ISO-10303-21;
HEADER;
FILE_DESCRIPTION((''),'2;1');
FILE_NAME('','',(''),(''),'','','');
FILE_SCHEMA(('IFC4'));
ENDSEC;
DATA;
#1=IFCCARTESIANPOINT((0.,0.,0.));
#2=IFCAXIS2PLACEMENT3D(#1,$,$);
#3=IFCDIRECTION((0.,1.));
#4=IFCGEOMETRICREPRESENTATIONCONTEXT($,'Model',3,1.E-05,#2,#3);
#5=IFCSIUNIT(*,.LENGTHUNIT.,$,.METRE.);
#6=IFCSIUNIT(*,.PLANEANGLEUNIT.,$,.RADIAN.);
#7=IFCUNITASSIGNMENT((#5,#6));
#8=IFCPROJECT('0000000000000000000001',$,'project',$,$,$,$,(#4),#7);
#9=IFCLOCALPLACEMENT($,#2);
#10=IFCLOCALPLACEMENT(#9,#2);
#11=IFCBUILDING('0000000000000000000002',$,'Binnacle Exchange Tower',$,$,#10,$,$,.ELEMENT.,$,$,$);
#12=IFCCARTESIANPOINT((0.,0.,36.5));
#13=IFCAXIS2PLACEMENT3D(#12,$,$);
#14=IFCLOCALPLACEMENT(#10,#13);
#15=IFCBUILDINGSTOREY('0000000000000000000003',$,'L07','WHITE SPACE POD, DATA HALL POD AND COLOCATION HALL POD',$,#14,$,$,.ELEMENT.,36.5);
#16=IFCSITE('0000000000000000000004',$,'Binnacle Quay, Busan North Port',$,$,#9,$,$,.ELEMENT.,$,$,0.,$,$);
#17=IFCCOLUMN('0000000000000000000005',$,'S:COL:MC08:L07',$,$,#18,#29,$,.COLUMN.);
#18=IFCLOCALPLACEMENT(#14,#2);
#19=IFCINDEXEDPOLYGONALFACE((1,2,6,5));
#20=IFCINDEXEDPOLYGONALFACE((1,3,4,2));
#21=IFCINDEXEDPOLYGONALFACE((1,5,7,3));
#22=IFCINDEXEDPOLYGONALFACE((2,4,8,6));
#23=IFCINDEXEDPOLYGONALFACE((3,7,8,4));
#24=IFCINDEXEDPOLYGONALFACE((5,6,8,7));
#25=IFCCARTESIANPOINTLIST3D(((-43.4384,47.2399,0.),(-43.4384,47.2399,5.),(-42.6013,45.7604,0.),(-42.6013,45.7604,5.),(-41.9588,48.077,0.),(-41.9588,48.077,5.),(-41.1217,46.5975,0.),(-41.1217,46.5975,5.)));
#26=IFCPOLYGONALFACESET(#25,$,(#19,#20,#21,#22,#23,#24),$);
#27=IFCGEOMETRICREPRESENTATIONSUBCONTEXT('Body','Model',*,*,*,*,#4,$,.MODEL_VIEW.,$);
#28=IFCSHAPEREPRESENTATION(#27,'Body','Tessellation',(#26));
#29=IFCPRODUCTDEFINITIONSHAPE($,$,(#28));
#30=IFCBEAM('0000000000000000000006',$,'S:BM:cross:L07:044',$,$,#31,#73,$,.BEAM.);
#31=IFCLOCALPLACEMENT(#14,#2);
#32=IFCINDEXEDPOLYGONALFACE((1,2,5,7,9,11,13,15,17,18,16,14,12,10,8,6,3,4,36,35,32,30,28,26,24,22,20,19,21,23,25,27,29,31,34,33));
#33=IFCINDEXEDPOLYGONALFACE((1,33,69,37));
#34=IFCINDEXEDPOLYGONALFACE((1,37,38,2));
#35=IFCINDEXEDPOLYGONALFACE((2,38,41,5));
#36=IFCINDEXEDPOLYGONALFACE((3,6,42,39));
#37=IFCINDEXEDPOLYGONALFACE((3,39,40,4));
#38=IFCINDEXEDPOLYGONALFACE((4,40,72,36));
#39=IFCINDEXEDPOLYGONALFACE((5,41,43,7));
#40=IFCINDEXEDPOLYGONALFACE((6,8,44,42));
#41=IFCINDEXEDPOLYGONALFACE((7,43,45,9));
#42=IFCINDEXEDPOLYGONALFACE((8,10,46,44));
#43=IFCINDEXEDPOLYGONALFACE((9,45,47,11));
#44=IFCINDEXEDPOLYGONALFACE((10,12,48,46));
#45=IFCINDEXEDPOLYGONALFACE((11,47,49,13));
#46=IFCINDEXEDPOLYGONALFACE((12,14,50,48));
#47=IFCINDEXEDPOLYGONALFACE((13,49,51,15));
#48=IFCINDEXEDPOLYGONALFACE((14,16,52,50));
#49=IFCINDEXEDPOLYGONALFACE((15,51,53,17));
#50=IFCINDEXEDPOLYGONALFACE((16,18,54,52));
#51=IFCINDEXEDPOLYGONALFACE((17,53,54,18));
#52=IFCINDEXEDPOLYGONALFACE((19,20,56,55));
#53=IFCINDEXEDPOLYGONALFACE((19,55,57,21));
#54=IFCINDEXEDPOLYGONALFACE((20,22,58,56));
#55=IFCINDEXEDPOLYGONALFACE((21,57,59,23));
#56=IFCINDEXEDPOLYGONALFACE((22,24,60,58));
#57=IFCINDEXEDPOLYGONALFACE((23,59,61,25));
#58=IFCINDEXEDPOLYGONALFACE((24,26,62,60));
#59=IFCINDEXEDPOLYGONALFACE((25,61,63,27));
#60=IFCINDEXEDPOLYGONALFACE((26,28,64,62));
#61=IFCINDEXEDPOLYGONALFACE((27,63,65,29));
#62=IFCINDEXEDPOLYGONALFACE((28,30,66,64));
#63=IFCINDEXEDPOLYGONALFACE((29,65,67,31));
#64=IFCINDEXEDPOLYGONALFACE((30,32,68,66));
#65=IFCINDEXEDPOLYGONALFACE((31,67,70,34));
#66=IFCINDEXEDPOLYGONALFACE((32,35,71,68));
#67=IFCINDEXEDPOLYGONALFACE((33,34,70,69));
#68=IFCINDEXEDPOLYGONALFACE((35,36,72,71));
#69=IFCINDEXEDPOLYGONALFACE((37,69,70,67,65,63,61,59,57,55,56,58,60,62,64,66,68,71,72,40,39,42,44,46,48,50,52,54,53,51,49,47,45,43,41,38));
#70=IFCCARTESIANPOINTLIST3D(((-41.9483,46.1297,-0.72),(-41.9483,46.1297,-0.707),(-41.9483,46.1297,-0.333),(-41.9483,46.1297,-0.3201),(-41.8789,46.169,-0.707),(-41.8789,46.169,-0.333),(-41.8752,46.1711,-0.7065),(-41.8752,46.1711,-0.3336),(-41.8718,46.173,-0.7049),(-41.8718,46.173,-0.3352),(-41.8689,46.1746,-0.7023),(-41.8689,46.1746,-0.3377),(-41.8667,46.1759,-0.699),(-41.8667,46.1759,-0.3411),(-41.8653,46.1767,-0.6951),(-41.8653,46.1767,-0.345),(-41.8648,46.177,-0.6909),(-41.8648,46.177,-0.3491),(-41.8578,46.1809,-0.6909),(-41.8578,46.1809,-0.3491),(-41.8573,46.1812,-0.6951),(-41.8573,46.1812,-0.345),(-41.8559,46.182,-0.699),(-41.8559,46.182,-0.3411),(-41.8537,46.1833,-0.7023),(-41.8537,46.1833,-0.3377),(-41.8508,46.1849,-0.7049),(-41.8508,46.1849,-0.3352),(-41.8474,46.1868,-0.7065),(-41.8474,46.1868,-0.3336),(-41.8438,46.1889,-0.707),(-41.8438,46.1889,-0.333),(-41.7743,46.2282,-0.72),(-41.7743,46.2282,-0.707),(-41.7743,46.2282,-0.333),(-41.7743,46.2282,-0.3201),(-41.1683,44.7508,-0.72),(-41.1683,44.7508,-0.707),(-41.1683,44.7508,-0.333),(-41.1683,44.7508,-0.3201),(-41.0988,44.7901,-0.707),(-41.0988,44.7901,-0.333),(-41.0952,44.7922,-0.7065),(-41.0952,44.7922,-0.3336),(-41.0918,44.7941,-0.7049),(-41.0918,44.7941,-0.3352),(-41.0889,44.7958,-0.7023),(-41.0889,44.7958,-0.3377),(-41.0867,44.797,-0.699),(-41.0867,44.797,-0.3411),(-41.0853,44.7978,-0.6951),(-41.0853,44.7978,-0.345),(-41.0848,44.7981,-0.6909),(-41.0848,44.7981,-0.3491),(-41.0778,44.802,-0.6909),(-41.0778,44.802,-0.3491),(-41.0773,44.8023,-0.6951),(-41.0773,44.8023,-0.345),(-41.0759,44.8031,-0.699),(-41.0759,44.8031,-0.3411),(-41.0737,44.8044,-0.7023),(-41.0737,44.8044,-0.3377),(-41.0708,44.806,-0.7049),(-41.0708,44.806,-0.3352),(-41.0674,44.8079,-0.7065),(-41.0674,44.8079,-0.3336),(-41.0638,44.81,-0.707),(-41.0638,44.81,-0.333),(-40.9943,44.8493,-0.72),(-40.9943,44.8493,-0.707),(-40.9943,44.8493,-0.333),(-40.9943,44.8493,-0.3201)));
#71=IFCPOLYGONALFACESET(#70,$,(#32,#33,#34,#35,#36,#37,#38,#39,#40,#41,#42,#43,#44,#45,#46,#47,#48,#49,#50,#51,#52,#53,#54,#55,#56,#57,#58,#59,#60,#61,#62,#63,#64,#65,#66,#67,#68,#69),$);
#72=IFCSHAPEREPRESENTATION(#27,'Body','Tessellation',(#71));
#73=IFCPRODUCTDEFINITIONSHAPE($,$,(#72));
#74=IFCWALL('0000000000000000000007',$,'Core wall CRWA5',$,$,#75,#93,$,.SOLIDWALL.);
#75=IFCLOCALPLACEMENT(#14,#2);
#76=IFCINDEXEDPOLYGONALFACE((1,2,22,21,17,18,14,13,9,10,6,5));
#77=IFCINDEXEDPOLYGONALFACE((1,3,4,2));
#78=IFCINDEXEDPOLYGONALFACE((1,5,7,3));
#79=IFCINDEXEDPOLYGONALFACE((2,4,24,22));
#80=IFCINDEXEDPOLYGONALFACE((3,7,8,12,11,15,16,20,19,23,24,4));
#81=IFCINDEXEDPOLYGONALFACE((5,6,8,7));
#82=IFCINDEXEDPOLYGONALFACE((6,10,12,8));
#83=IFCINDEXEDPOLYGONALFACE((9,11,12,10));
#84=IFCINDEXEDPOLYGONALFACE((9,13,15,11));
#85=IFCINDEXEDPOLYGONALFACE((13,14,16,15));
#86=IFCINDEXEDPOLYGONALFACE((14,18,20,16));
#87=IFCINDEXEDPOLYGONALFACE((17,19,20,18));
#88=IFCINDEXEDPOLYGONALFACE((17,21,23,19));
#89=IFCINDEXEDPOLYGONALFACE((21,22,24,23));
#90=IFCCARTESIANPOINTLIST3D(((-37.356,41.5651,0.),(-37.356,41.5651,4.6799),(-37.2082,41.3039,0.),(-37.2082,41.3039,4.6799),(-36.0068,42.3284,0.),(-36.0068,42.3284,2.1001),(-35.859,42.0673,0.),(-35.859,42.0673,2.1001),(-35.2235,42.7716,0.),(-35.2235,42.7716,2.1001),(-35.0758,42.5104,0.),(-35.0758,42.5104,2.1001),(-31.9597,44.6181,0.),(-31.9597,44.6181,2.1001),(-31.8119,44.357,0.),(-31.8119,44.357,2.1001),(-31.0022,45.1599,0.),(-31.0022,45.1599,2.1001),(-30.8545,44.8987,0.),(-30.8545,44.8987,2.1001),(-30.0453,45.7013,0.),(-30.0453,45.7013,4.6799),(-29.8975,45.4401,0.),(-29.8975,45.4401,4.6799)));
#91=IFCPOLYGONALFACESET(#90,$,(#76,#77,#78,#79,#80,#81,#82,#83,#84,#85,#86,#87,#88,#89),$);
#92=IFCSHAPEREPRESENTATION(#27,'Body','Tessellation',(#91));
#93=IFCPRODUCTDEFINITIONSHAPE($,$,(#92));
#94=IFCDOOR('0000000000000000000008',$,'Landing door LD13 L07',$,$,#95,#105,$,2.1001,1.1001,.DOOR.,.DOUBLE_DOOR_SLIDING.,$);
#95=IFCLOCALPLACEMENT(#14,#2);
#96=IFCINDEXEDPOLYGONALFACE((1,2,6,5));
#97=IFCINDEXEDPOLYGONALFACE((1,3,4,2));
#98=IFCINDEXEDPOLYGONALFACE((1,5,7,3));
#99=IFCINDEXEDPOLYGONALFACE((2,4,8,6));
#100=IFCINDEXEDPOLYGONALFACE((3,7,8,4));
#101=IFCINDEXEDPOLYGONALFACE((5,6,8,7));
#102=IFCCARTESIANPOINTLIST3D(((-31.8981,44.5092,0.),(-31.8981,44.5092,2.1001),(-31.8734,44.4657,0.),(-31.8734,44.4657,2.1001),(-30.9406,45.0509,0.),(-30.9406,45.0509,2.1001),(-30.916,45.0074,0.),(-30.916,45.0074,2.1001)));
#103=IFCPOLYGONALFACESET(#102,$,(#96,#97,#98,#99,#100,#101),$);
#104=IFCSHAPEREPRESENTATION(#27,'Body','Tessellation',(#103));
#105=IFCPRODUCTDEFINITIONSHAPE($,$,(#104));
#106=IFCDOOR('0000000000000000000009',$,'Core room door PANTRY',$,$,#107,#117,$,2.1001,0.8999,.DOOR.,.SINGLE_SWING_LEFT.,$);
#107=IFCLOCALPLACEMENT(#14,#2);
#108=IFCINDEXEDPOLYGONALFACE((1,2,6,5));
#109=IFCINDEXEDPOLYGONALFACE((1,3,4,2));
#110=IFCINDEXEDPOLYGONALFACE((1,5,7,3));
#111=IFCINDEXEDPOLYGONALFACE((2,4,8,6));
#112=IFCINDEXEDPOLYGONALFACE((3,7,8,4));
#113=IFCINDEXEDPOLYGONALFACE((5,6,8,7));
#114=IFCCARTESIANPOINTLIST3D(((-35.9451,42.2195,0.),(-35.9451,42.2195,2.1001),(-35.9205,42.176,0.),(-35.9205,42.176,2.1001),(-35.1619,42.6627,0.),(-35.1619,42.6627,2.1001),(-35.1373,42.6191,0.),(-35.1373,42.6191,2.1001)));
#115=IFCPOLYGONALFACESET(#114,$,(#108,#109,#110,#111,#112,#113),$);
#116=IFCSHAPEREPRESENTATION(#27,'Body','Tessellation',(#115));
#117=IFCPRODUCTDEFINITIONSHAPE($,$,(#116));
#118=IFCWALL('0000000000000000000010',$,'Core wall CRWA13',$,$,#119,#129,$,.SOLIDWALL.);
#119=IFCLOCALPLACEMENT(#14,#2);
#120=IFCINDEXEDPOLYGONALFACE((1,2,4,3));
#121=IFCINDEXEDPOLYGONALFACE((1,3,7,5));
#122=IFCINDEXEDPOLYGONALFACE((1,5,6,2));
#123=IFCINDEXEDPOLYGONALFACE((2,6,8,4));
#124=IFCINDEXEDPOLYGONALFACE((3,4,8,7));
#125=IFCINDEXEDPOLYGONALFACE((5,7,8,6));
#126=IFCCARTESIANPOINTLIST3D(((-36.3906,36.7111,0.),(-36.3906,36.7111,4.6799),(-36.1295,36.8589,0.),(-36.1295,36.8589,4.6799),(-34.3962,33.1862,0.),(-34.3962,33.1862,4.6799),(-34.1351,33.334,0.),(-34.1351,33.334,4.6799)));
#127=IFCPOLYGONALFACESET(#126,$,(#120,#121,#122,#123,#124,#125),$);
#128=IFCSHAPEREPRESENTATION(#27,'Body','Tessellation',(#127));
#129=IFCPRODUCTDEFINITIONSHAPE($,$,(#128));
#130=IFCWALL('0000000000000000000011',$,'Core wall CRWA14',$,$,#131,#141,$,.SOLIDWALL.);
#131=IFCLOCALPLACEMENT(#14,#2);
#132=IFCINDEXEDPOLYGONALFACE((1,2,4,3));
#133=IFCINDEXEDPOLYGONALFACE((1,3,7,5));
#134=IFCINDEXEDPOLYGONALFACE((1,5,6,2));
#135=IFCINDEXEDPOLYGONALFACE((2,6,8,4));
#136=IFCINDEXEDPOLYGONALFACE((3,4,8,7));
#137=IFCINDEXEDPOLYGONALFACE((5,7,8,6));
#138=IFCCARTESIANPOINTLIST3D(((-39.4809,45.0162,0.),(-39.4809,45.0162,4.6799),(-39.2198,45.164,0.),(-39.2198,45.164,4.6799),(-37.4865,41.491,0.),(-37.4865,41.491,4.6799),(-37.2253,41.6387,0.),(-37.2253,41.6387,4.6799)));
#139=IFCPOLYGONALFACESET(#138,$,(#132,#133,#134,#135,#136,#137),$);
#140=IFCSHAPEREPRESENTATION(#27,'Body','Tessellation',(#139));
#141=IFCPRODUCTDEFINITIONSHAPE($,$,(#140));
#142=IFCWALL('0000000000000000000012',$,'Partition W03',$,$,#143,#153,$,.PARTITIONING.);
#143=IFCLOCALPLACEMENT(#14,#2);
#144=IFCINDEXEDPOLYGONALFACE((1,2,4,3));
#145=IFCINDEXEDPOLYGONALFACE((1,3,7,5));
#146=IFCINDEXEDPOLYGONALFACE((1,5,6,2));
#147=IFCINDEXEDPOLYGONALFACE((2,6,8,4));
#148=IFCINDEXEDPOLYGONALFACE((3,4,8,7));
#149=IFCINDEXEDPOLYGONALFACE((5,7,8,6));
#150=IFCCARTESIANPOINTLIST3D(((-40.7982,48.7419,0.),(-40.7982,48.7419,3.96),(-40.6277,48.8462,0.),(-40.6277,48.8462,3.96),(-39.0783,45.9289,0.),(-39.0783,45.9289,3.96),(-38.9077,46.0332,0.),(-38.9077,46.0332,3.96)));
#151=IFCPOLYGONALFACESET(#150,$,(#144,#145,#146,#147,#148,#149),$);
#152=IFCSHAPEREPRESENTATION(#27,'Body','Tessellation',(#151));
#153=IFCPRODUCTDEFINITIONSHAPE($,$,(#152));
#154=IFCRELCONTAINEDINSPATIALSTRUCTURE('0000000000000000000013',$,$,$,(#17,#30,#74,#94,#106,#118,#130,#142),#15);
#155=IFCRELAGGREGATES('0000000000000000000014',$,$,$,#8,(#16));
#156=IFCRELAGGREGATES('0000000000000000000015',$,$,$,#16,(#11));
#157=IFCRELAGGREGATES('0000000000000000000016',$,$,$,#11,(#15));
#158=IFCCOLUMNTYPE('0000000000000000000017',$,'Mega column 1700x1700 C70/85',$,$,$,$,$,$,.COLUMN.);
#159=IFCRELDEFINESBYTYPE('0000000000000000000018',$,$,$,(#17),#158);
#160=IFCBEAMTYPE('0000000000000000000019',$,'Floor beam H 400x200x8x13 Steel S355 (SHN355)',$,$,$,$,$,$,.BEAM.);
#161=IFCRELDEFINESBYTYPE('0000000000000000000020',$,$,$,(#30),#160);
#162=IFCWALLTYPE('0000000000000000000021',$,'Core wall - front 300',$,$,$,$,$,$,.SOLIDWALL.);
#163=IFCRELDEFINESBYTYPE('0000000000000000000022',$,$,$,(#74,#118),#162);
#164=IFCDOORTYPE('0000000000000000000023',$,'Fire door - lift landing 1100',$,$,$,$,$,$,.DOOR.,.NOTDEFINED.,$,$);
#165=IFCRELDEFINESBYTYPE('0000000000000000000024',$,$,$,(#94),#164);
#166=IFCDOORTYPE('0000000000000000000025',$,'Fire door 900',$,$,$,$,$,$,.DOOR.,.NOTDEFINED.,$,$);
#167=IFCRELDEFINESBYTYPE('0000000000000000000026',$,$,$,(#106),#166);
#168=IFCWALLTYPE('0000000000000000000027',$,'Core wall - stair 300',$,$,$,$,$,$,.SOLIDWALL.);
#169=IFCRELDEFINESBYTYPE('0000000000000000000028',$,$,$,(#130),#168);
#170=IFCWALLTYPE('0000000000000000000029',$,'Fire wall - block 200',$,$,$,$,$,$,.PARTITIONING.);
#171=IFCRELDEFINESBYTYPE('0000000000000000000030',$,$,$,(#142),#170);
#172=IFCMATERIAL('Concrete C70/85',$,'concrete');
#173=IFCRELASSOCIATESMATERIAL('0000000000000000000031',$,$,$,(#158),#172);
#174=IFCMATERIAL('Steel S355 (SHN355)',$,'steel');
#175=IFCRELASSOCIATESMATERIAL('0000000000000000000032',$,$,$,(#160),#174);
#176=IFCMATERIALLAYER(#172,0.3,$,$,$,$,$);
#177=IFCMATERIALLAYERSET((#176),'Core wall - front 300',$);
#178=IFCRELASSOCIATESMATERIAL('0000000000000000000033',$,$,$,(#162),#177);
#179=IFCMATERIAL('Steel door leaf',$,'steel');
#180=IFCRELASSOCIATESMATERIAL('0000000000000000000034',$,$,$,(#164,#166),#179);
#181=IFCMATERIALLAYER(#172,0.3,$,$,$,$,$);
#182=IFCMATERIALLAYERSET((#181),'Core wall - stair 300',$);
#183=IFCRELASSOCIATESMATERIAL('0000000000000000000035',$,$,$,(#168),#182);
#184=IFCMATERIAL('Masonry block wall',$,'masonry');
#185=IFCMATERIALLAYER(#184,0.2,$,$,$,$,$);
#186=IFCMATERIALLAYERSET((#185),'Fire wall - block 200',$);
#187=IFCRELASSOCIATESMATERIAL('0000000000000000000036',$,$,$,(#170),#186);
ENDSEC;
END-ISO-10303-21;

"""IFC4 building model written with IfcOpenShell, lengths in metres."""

from ifc_helpers import new_model, si_unit, direction, frame, frame_2d, origin, origin_2d, place, context, subcontext, project, spatial, rectangle, i_section, extrude, material, layer, layer_set, material_profile, profile_set, type_object, element, fill, save


model = new_model("IFC4")

# Units and contexts
model_context = context("Model", 3, precision=1e-05, world=origin(), true_north=direction((0.0, 1.0)))
body_context = subcontext(model_context, "Body", "Model", "MODEL_VIEW")
ifc_project = project(units=[si_unit("LENGTHUNIT", "METRE"), si_unit("PLANEANGLEUNIT", "RADIAN")], contexts=[model_context])

# Site, building, storey
site_placement = place(None, origin())
site = spatial("IfcSite", under=ifc_project, at=site_placement, Name="Binnacle Quay, Busan North Port", CompositionType="ELEMENT", RefElevation=0.0)
building_placement = place(site_placement, origin())
building = spatial("IfcBuilding", under=site, at=building_placement, Name="Binnacle Exchange Tower", CompositionType="ELEMENT")
storey_placement = place(building_placement, frame((0.0, 0.0, 36.5)))
storey = spatial("IfcBuildingStorey", under=building, at=storey_placement, Name="L07", Description="WHITE SPACE POD, DATA HALL POD AND COLOCATION HALL POD", CompositionType="ELEMENT", Elevation=36.5)

# Column
ifc_material_1 = material(Name="Concrete C70/85", Category="concrete")
ifc_material_profile_1 = material_profile(ifc_material_1, rectangle(XDim=1.7, YDim=1.7, at=origin_2d()), Name="Mega column 1700x1700 C70/85")
ifc_profile_set_1 = profile_set([ifc_material_profile_1], Name="Concrete C70/85")
column_type = type_object("IfcColumnType", Name="Mega column 1700x1700 C70/85", PredefinedType="COLUMN", material=ifc_profile_set_1)
column_placement = place(storey_placement, frame((-42.28, 46.9187, 0.0), z_axis=(0.0, 0.0, 1.0), x_axis=(-0.870356, -0.492424, 0.0)))
element("IfcColumn", 1, at=column_placement, inside=storey, type_object=column_type, Name="S:COL:MC08:L07", PredefinedType="COLUMN", context=body_context, shape_type="SweptSolid", body=[
    extrude(rectangle(XDim=1.7, YDim=1.7, at=origin_2d()), origin(), (0.0, 0.0, 1.0), 5.0),
])

# Beam
ifc_material_2 = material(Name="Steel S355 (SHN355)", Category="steel")
ifc_material_profile_2 = material_profile(ifc_material_2, i_section(OverallWidth=0.2, OverallDepth=0.3999, WebThickness=0.0081, FlangeThickness=0.0129, FilletRadius=0.0161, at=origin_2d()), Name="H 400x200x8x13")
ifc_profile_set_2 = profile_set([ifc_material_profile_2], Name="Steel S355 (SHN355)")
beam_type = type_object("IfcBeamType", Name="Floor beam H 400x200x8x13 Steel S355 (SHN355)", PredefinedType="BEAM", material=ifc_profile_set_2)
beam_placement = place(storey_placement, frame((-41.8613, 46.179, -0.52), z_axis=(0.492367, -0.870388, 0.0), x_axis=(0.870388, 0.492367, 0.0)))
element("IfcBeam", 2, at=beam_placement, inside=storey, type_object=beam_type, Name="S:BM:cross:L07:044", PredefinedType="BEAM", context=body_context, shape_type="SweptSolid", body=[
    extrude(i_section(OverallWidth=0.2, OverallDepth=0.3999, WebThickness=0.0081, FlangeThickness=0.0129, FilletRadius=0.0161, at=origin_2d()), origin(), (0.0, 0.0, 1.0), 1.5842),
])

# Wall, openings, doors
ifc_layer_1 = layer(ifc_material_1, 0.3)
ifc_layer_set_1 = layer_set([ifc_layer_1], Name="Core wall - front 300")
wall_type_1 = type_object("IfcWallType", Name="Core wall - front 300", PredefinedType="SOLIDWALL", material=ifc_layer_set_1)
wall_1_placement = place(storey_placement, frame((-37.282, 41.4346, 0.0), z_axis=(0.0, 0.0, 1.0), x_axis=(0.870357, 0.492422, 0.0)))
wall_1 = element("IfcWall", 3, at=wall_1_placement, inside=storey, type_object=wall_type_1, Name="Core wall CRWA5", PredefinedType="SOLIDWALL", context=body_context, shape_type="SweptSolid", body=[
    extrude(rectangle(XDim=8.3997, YDim=0.3, at=frame_2d((4.1997, 0.0))), origin(), (0.0, 0.0, 1.0), 4.6799),
])
opening_1_placement = place(wall_1_placement, frame((6.2, 0.0, 0.0)))
opening_1 = element("IfcOpeningElement", 4, at=opening_1_placement, cuts=wall_1, PredefinedType="OPENING", context=body_context, shape_type="SweptSolid", body=[
    extrude(rectangle(XDim=1.1001, YDim=2.1001, at=frame_2d((0.55, 1.05))), frame((0.0, 0.1599, 0.0), z_axis=(0.0, -1.0, 0.0), x_axis=(1.0, 0.0, 0.0)), (0.0, 0.0, 1.0), 0.3201),
])
opening_2_placement = place(wall_1_placement, frame((1.55, 0.0, 0.0)))
opening_2 = element("IfcOpeningElement", 5, at=opening_2_placement, cuts=wall_1, PredefinedType="OPENING", context=body_context, shape_type="SweptSolid", body=[
    extrude(rectangle(XDim=0.8999, YDim=2.1001, at=frame_2d((0.45, 1.05))), frame((0.0, 0.1599, 0.0), z_axis=(0.0, -1.0, 0.0), x_axis=(1.0, 0.0, 0.0)), (0.0, 0.0, 1.0), 0.3201),
])
ifc_material_3 = material(Name="Steel door leaf", Category="steel")
door_type_1 = type_object("IfcDoorType", Name="Fire door - lift landing 1100", OperationType="NOTDEFINED", PredefinedType="DOOR", material=ifc_material_3)
door_1_placement = place(opening_1_placement, origin())
door_1 = element("IfcDoor", 6, at=door_1_placement, inside=storey, type_object=door_type_1, Name="Landing door LD13 L07", OperationType="DOUBLE_DOOR_SLIDING", OverallHeight=2.1001, OverallWidth=1.1001, PredefinedType="DOOR", context=body_context, shape_type="SweptSolid", body=[
    extrude(rectangle(XDim=1.1001, YDim=2.1001, at=frame_2d((0.55, 1.05))), frame((0.0, 0.0249, 0.0), z_axis=(0.0, -1.0, 0.0), x_axis=(1.0, 0.0, 0.0)), (0.0, 0.0, 1.0), 0.05),
])
fill(opening_1, door_1)
door_type_2 = type_object("IfcDoorType", Name="Fire door 900", OperationType="NOTDEFINED", PredefinedType="DOOR", material=ifc_material_3)
door_2_placement = place(opening_2_placement, origin())
door_2 = element("IfcDoor", 7, at=door_2_placement, inside=storey, type_object=door_type_2, Name="Core room door PANTRY", OperationType="SINGLE_SWING_LEFT", OverallHeight=2.1001, OverallWidth=0.8999, PredefinedType="DOOR", context=body_context, shape_type="SweptSolid", body=[
    extrude(rectangle(XDim=0.8999, YDim=2.1001, at=frame_2d((0.45, 1.05))), frame((0.0, 0.0249, 0.0), z_axis=(0.0, -1.0, 0.0), x_axis=(1.0, 0.0, 0.0)), (0.0, 0.0, 1.0), 0.05),
])
fill(opening_2, door_2)

# Walls
wall_2_placement = place(storey_placement, frame((-36.26, 36.7849, 0.0), z_axis=(0.0, 0.0, 1.0), x_axis=(0.492441, -0.870346, 0.0)))
element("IfcWall", 8, at=wall_2_placement, inside=storey, type_object=wall_type_1, Name="Core wall CRWA13", PredefinedType="SOLIDWALL", context=body_context, shape_type="SweptSolid", body=[
    extrude(rectangle(XDim=4.05, YDim=0.3, at=frame_2d((2.0249, 0.0))), origin(), (0.0, 0.0, 1.0), 4.6799),
])
ifc_layer_2 = layer(ifc_material_1, 0.3)
ifc_layer_set_2 = layer_set([ifc_layer_2], Name="Core wall - stair 300")
wall_type_2 = type_object("IfcWallType", Name="Core wall - stair 300", PredefinedType="SOLIDWALL", material=ifc_layer_set_2)
wall_3_placement = place(storey_placement, frame((-39.3503, 45.0901, 0.0), z_axis=(0.0, 0.0, 1.0), x_axis=(0.492415, -0.870361, 0.0)))
element("IfcWall", 9, at=wall_3_placement, inside=storey, type_object=wall_type_2, Name="Core wall CRWA14", PredefinedType="SOLIDWALL", context=body_context, shape_type="SweptSolid", body=[
    extrude(rectangle(XDim=4.0503, YDim=0.3, at=frame_2d((2.0251, 0.0))), origin(), (0.0, 0.0, 1.0), 4.6799),
])
ifc_material_4 = material(Name="Masonry block wall", Category="masonry")
ifc_layer_3 = layer(ifc_material_4, 0.2)
ifc_layer_set_3 = layer_set([ifc_layer_3], Name="Fire wall - block 200")
wall_type_3 = type_object("IfcWallType", Name="Fire wall - block 200", PredefinedType="PARTITIONING", material=ifc_layer_set_3)
wall_4_placement = place(storey_placement, frame((-40.7129, 48.7939, 0.0), z_axis=(0.0, 0.0, 1.0), x_axis=(0.521654, -0.853157, 0.0)))
element("IfcWall", 10, at=wall_4_placement, inside=storey, type_object=wall_type_3, Name="Partition W03", PredefinedType="PARTITIONING", context=body_context, shape_type="SweptSolid", body=[
    extrude(rectangle(XDim=3.2971, YDim=0.2, at=frame_2d((1.6484, 0.0))), origin(), (0.0, 0.0, 1.0), 3.96),
])

save(model, "model.ifc")
